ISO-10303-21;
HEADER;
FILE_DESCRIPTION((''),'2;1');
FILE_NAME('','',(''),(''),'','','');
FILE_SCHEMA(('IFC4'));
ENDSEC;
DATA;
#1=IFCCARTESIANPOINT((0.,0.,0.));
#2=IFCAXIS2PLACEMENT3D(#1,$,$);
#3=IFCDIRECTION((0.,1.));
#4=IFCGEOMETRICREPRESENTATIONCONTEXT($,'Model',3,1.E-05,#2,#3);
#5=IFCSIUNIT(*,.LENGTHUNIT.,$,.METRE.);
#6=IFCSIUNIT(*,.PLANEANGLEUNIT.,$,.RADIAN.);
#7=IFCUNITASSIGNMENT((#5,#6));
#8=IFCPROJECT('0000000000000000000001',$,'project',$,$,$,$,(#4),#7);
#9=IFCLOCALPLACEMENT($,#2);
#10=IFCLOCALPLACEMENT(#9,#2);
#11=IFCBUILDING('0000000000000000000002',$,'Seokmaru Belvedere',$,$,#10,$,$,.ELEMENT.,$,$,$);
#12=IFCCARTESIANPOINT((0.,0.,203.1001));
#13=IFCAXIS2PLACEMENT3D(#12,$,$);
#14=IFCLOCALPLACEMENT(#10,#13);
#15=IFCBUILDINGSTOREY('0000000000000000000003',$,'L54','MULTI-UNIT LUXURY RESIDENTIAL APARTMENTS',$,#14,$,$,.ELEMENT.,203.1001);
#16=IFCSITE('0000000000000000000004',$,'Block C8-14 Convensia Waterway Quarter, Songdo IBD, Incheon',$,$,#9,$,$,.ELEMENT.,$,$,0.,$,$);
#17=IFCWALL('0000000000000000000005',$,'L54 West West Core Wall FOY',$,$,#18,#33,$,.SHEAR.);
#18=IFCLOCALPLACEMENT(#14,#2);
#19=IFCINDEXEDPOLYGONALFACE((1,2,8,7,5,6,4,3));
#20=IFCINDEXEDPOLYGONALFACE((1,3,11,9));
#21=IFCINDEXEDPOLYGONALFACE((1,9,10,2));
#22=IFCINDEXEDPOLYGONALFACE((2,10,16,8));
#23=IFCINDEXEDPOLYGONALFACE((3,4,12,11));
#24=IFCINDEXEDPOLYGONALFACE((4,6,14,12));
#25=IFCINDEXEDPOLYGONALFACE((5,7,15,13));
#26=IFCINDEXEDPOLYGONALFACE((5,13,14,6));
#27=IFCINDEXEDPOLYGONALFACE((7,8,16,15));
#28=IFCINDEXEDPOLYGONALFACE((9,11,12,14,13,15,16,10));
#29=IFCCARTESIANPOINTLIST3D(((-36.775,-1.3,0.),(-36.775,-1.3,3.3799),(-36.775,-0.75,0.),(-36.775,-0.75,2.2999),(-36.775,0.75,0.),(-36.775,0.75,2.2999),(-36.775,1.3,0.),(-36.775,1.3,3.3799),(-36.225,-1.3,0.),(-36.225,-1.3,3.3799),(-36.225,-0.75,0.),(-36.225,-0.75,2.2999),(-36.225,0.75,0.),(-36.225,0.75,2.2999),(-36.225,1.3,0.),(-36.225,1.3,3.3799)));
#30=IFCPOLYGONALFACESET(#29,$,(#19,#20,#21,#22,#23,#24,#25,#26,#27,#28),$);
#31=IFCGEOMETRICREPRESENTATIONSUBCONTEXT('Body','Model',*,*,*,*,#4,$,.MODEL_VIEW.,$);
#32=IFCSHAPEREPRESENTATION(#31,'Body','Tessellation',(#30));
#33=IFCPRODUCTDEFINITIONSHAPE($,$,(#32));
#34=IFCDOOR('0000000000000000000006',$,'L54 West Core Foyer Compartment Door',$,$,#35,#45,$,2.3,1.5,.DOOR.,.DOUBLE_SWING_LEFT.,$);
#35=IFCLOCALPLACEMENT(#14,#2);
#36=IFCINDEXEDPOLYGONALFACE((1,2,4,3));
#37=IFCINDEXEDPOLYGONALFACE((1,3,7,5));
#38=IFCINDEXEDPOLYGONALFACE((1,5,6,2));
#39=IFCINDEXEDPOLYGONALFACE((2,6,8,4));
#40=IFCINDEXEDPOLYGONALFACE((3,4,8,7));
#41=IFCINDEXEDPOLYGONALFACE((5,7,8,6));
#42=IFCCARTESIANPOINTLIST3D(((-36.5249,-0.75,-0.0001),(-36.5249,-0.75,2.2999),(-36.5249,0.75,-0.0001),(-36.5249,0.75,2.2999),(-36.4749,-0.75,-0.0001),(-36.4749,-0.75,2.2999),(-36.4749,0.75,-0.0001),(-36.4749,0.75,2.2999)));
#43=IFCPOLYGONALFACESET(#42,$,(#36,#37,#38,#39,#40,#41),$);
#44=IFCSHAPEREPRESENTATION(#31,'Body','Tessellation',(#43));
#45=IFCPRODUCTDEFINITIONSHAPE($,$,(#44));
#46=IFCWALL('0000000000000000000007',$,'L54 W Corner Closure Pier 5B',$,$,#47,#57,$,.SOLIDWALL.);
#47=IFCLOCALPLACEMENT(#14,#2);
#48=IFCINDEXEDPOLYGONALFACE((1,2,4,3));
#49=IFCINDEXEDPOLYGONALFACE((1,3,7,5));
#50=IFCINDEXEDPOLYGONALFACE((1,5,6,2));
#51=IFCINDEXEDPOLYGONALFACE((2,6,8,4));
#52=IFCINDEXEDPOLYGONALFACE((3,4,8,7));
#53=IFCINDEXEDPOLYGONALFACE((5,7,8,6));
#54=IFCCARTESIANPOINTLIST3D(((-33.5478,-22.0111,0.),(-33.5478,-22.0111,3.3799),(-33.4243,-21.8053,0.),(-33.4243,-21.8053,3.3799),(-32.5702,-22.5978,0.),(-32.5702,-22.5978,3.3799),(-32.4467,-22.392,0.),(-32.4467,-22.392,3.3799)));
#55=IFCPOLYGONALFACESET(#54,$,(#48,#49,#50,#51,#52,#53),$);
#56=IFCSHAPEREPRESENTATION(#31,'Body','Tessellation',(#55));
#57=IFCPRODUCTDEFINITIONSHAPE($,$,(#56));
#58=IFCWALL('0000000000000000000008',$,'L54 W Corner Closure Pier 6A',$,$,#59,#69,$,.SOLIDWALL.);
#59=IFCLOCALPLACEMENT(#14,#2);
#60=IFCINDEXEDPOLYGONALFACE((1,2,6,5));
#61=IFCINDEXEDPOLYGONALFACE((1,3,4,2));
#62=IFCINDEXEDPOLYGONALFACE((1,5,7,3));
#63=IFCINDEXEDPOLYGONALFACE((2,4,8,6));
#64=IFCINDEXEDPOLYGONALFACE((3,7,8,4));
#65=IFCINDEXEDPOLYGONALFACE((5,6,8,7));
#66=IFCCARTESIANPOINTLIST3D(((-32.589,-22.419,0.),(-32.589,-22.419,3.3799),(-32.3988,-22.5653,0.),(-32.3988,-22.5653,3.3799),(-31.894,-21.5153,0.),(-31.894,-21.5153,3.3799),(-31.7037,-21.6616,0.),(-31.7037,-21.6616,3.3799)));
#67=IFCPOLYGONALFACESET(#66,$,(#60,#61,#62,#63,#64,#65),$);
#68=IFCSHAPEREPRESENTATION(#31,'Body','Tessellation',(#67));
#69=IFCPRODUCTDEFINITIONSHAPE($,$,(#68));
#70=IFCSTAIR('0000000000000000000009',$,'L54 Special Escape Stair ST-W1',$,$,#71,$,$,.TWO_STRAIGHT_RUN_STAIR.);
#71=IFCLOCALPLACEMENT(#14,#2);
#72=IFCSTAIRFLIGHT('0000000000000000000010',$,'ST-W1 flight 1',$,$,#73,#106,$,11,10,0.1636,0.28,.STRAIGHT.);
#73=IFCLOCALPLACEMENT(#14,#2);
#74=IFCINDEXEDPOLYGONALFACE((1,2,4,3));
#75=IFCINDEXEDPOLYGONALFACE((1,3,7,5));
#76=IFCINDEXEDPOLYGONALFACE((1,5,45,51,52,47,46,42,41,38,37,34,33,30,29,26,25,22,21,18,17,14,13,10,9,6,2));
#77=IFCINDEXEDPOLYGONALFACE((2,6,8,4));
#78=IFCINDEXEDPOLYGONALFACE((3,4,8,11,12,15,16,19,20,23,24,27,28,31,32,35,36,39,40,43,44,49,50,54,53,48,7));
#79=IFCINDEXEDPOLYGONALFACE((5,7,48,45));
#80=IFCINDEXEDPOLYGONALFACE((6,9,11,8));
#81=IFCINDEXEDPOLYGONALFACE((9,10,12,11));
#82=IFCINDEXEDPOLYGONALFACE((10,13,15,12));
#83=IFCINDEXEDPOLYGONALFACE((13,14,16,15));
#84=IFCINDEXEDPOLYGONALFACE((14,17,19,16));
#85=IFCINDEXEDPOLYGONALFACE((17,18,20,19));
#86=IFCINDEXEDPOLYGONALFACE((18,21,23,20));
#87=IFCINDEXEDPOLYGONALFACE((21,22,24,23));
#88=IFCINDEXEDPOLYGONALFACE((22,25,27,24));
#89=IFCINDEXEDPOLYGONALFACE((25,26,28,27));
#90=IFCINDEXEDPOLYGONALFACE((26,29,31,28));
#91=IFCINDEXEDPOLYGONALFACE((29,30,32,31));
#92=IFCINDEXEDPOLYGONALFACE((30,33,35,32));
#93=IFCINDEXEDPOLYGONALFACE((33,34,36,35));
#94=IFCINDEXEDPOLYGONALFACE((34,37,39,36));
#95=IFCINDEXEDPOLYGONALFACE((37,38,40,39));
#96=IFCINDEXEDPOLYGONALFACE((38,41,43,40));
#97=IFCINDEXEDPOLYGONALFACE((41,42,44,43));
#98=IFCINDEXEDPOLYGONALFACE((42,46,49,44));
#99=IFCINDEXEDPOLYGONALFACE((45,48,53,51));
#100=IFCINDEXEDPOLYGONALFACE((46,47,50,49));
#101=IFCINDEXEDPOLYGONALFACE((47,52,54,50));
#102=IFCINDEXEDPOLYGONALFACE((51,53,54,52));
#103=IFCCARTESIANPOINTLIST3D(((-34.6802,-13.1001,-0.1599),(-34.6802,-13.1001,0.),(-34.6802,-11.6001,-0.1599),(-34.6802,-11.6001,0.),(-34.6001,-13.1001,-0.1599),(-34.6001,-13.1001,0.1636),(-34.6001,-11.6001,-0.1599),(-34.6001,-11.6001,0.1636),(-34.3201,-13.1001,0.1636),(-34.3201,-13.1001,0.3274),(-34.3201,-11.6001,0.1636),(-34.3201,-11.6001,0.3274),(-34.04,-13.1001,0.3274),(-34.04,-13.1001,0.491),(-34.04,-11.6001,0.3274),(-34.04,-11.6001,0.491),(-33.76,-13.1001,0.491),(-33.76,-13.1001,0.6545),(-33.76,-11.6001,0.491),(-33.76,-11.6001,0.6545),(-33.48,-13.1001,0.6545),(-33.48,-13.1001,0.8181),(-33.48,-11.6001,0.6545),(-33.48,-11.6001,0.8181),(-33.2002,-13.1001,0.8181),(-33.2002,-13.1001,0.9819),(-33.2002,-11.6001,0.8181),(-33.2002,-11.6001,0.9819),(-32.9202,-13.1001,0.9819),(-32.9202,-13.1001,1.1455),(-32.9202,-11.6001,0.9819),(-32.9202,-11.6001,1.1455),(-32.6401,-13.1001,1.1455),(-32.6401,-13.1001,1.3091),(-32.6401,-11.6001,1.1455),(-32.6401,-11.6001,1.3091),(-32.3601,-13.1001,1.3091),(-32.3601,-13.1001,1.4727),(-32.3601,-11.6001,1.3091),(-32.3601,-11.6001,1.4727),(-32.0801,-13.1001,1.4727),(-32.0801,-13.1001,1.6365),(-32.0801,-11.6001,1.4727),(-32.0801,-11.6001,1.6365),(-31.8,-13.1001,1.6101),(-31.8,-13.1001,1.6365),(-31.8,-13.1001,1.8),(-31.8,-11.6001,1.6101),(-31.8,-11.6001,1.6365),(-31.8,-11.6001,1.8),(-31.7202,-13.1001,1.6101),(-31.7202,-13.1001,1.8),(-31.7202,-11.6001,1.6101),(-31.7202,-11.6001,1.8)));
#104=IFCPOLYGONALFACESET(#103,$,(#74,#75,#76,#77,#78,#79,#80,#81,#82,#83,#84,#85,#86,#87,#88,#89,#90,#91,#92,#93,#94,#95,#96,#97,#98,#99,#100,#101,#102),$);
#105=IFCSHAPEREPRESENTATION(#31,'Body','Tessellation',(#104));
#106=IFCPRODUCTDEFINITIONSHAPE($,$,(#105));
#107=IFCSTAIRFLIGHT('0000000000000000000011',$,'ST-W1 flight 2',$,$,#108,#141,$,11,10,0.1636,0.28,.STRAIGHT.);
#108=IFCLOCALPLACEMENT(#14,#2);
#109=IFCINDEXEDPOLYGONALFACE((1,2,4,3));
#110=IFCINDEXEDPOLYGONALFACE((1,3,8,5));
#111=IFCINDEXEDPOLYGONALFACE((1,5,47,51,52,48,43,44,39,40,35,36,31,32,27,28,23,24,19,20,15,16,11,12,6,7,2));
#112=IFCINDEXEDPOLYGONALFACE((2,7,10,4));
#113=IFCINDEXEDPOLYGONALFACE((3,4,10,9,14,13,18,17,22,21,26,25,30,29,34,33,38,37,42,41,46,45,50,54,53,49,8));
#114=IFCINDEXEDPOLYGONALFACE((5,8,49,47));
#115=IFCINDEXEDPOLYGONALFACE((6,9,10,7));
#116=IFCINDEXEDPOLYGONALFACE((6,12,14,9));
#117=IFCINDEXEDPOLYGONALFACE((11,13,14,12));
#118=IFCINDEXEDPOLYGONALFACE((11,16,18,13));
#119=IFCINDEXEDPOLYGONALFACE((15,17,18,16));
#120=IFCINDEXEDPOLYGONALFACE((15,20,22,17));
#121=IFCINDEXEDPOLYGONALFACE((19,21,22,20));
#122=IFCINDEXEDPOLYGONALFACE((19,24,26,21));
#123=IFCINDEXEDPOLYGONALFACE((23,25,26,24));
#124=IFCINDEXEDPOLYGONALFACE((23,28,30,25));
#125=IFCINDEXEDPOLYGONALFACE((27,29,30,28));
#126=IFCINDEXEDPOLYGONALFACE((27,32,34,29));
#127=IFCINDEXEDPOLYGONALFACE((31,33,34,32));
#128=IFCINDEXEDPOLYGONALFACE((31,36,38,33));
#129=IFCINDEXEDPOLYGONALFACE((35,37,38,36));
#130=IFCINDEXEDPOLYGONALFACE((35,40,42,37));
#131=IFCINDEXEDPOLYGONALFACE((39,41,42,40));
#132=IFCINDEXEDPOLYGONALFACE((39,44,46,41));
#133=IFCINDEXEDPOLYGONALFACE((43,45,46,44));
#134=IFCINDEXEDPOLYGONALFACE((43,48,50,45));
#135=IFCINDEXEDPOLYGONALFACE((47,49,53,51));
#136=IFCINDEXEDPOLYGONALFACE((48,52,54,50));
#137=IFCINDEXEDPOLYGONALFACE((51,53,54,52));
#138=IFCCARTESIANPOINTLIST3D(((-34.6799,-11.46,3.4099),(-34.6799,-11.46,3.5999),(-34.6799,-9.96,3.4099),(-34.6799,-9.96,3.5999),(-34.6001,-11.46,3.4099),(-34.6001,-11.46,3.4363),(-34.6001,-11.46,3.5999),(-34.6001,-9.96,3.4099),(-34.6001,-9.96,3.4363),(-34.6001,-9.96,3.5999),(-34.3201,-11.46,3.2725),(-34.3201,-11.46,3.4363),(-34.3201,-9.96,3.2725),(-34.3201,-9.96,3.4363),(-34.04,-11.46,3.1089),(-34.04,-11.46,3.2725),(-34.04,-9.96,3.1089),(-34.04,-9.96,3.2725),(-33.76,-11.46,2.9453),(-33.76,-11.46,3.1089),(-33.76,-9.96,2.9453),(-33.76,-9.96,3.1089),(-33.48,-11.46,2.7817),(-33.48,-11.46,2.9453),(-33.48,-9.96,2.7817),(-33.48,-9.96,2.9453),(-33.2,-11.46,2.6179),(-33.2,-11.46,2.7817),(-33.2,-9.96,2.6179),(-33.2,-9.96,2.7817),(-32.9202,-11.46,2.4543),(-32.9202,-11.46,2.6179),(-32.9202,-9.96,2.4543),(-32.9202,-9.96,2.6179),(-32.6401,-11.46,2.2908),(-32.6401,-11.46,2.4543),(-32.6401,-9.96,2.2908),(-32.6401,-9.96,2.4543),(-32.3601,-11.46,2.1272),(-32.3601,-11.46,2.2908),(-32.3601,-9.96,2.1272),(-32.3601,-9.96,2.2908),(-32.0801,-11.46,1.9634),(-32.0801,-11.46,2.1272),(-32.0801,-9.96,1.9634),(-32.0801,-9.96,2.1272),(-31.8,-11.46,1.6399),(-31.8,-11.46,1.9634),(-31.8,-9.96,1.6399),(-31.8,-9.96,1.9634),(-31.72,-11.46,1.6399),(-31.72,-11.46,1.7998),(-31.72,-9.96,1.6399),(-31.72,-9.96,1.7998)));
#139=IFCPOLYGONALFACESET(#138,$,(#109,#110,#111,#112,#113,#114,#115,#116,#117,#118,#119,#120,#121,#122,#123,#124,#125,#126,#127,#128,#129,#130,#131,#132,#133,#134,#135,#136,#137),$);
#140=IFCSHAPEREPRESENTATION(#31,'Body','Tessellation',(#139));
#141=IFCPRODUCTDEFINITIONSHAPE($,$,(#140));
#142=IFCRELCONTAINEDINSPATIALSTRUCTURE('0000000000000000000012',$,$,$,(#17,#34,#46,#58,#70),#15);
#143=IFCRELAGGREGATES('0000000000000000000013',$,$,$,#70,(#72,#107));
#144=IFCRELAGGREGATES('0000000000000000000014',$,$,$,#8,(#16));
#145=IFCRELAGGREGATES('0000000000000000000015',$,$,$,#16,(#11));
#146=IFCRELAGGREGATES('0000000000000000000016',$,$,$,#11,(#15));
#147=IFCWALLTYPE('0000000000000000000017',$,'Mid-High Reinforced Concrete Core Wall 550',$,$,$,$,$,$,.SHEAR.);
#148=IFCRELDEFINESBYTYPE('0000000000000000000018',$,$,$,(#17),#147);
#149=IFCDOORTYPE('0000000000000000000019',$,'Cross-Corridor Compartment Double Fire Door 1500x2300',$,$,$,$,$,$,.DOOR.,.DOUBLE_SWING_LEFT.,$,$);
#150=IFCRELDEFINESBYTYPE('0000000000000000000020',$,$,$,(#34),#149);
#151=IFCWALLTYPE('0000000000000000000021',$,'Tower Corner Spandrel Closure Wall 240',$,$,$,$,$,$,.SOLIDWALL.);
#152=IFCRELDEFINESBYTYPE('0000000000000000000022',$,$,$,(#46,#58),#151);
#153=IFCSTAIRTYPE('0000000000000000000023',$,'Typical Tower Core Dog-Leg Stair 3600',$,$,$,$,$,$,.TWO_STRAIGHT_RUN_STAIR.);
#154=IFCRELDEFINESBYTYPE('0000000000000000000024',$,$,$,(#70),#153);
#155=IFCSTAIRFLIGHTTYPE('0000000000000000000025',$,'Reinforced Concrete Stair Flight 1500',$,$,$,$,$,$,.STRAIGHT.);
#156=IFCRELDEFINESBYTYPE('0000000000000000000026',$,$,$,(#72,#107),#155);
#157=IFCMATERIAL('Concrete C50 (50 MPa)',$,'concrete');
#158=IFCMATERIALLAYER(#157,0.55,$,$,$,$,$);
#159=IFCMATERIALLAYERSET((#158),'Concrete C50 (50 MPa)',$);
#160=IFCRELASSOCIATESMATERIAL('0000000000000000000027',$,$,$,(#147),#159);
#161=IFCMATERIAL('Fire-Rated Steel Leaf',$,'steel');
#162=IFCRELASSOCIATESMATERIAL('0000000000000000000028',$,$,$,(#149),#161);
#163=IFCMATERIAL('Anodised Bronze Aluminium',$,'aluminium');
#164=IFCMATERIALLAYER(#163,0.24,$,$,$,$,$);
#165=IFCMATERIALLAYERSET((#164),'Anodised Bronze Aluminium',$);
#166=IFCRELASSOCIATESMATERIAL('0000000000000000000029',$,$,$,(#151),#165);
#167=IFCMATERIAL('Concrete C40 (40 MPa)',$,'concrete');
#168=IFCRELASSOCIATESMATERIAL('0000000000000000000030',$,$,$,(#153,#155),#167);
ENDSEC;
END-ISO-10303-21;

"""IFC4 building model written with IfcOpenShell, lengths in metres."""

from ifc_helpers import new_model, si_unit, direction, frame, frame_2d, origin, place, context, subcontext, project, spatial, polyline, rectangle, outline, extrude, source, transform, mapped, material, layer, layer_set, type_object, type_shapes, element, fill, aggregate, save


model = new_model("IFC4")

# Units and contexts
model_context = context("Model", 3, precision=1e-05, world=origin(), true_north=direction((0.0, 1.0)))
body_context = subcontext(model_context, "Body", "Model", "MODEL_VIEW")
ifc_project = project(units=[si_unit("LENGTHUNIT", "METRE"), si_unit("PLANEANGLEUNIT", "RADIAN")], contexts=[model_context])

# Site, building, storey
site_placement = place(None, origin())
site = spatial("IfcSite", under=ifc_project, at=site_placement, Name="Block C8-14 Convensia Waterway Quarter, Songdo IBD, Incheon", CompositionType="ELEMENT", RefElevation=0.0)
building_placement = place(site_placement, origin())
building = spatial("IfcBuilding", under=site, at=building_placement, Name="Seokmaru Belvedere", CompositionType="ELEMENT")
storey_placement = place(building_placement, frame((0.0, 0.0, 203.1001)))
storey = spatial("IfcBuildingStorey", under=building, at=storey_placement, Name="L54", Description="MULTI-UNIT LUXURY RESIDENTIAL APARTMENTS", CompositionType="ELEMENT", Elevation=203.1001)

# Shared definitions
ifc_material_1 = material(Name="Anodised Bronze Aluminium", Category="aluminium")

# Shared definitions
ifc_material_2 = material(Name="Fire-Rated Steel Leaf", Category="steel")

# Shared definitions
ifc_material_3 = material(Name="Concrete C50 (50 MPa)", Category="concrete")

# Shared definitions
ifc_layer_1 = layer(ifc_material_3, 0.55)
ifc_layer_set_1 = layer_set([ifc_layer_1], Name="Concrete C50 (50 MPa)")
wall_type_1 = type_object("IfcWallType", Name="Mid-High Reinforced Concrete Core Wall 550", PredefinedType="SHEAR", material=ifc_layer_set_1)

# Wall, opening, door
wall_1_placement = place(storey_placement, frame((-36.5, -1.3, 0.0), z_axis=(0.0, 0.0, 1.0), x_axis=(0.0, 1.0, 0.0)))
wall_1 = element("IfcWall", 1, at=wall_1_placement, inside=storey, type_object=wall_type_1, Name="L54 West West Core Wall FOY", PredefinedType="SHEAR", context=body_context, shape_type="SweptSolid", body=[
    extrude(rectangle(XDim=2.6001, YDim=0.55, at=frame_2d((1.3, 0.0))), origin(), (0.0, 0.0, 1.0), 3.3799),
])
opening_1_placement = place(wall_1_placement, frame((0.55, 0.0, 0.0)))
opening_1 = element("IfcOpeningElement", 2, at=opening_1_placement, cuts=wall_1, PredefinedType="OPENING", context=body_context, shape_type="SweptSolid", body=[
    extrude(rectangle(XDim=1.5, YDim=2.3, at=frame_2d((0.75, 1.1499))), frame((0.0, 0.2852, 0.0), z_axis=(0.0, -1.0, 0.0), x_axis=(1.0, 0.0, 0.0)), (0.0, 0.0, 1.0), 0.5701),
])
door_type_1 = type_object("IfcDoorType", Name="Cross-Corridor Compartment Double Fire Door 1500x2300", OperationType="DOUBLE_SWING_LEFT", PredefinedType="DOOR", material=ifc_material_2)
shared_shape_1 = source(origin(), body_context, "Body", "SweptSolid", [
    extrude(rectangle(XDim=1.5, YDim=2.3, at=frame_2d((0.75, 1.1499))), frame((0.0, 0.0249, 0.0), z_axis=(0.0, -1.0, 0.0), x_axis=(1.0, 0.0, 0.0)), (0.0, 0.0, 1.0), 0.05),
])
type_shapes(door_type_1, [shared_shape_1])
door_1_placement = place(opening_1_placement, origin())
door_1 = element("IfcDoor", 3, at=door_1_placement, inside=storey, type_object=door_type_1, Name="L54 West Core Foyer Compartment Door", OperationType="DOUBLE_SWING_LEFT", OverallHeight=2.3, OverallWidth=1.5, PredefinedType="DOOR", context=body_context, shape_type="MappedRepresentation", body=[
    mapped(shared_shape_1, transform((0.0, 0.0, 0.0), scale=1.0)),
])
fill(opening_1, door_1)

# Walls
ifc_layer_2 = layer(ifc_material_1, 0.24)
ifc_layer_set_2 = layer_set([ifc_layer_2], Name="Anodised Bronze Aluminium")
wall_type_2 = type_object("IfcWallType", Name="Tower Corner Spandrel Closure Wall 240", PredefinedType="SOLIDWALL", material=ifc_layer_set_2)
for number, where, z_axis, x_axis, name in (
    (4, (-33.4861, -21.9082, 0.0), (0.0, 0.0, 1.0), (0.857436, -0.51459, 0.0), "L54 W Corner Closure Pier 5B"),
    (5, (-32.4939, -22.4922, 0.0), (0.0, 0.0, 1.0), (0.609618, 0.792696, 0.0), "L54 W Corner Closure Pier 6A"),
):
    element("IfcWall", number, at=place(storey_placement, frame(where, z_axis=z_axis, x_axis=x_axis)), inside=storey, type_object=wall_type_2, Name=name, PredefinedType="SOLIDWALL", context=body_context, shape_type="SweptSolid", body=[
        extrude(rectangle(XDim=1.1401, YDim=0.24, at=frame_2d((0.5701, 0.0))), origin(), (0.0, 0.0, 1.0), 3.3799),
    ])

# Stair, stair flights
ifc_material_4 = material(Name="Concrete C40 (40 MPa)", Category="concrete")
stair_type = type_object("IfcStairType", Name="Typical Tower Core Dog-Leg Stair 3600", PredefinedType="TWO_STRAIGHT_RUN_STAIR", material=ifc_material_4)
stair_placement = place(storey_placement, origin())
stair = element("IfcStair", 6, at=stair_placement, inside=storey, type_object=stair_type, Name="L54 Special Escape Stair ST-W1", PredefinedType="TWO_STRAIGHT_RUN_STAIR")
stair_flight_type = type_object("IfcStairFlightType", Name="Reinforced Concrete Stair Flight 1500", PredefinedType="STRAIGHT", material=ifc_material_4)
stair_flight_1_placement = place(storey_placement, frame((-34.6001, -12.3501, 0.0), z_axis=(0.0, 0.0, 1.0), x_axis=(1.0, 0.0, 0.0)))
stair_flight_1 = element("IfcStairFlight", 7, at=stair_flight_1_placement, type_object=stair_flight_type, Name="ST-W1 flight 1", NumberOfRisers=11, NumberOfTreads=10, PredefinedType="STRAIGHT", RiserHeight=0.1636, TreadLength=0.28, context=body_context, shape_type="SweptSolid", body=[
    extrude(outline(polyline([(-0.0801, 0.0), (0.0, 0.1636), (0.28, 0.1636), (0.28, 0.3274), (0.5601, 0.3274), (0.5601, 0.491), (0.8401, 0.491), (0.8401, 0.6545), (1.1201, 0.6545), (1.1201, 0.8181), (1.3999, 0.8181), (1.3999, 0.9819), (1.6799, 0.9819), (1.6799, 1.1455), (1.96, 1.1455), (1.96, 1.3091), (2.24, 1.3091), (2.24, 1.4727), (2.52, 1.4727), (2.52, 1.6365), (2.8, 1.6365), (2.8, 1.8), (2.8799, 1.8), (2.8799, 1.6101), (2.8, 1.6101), (0.0, -0.1599), (-0.0801, -0.1599), (-0.0801, 0.0)])), frame((0.0, 0.75, 0.0), z_axis=(0.0, -1.0, 0.0), x_axis=(1.0, 0.0, 0.0)), (0.0, 0.0, 1.0), 1.5),
])
stair_flight_2_placement = place(storey_placement, frame((-31.8, -10.71, 1.7998), z_axis=(0.0, 0.0, 1.0), x_axis=(-1.0, 0.0, 0.0)))
stair_flight_2 = element("IfcStairFlight", 8, at=stair_flight_2_placement, type_object=stair_flight_type, Name="ST-W1 flight 2", NumberOfRisers=11, NumberOfTreads=10, PredefinedType="STRAIGHT", RiserHeight=0.1636, TreadLength=0.28, context=body_context, shape_type="SweptSolid", body=[
    extrude(outline(polyline([(-0.0801, 0.0), (0.0, 0.1636), (0.28, 0.1636), (0.28, 0.3274), (0.5601, 0.3274), (0.5601, 0.491), (0.8401, 0.491), (0.8401, 0.6545), (1.1201, 0.6545), (1.1201, 0.8181), (1.3999, 0.8181), (1.3999, 0.9819), (1.6799, 0.9819), (1.6799, 1.1455), (1.96, 1.1455), (1.96, 1.3091), (2.24, 1.3091), (2.24, 1.4727), (2.52, 1.4727), (2.52, 1.6365), (2.8, 1.6365), (2.8, 1.8), (2.8799, 1.8), (2.8799, 1.6101), (2.8, 1.6101), (0.0, -0.1599), (-0.0801, -0.1599), (-0.0801, 0.0)])), frame((0.0, 0.75, 0.0), z_axis=(0.0, -1.0, 0.0), x_axis=(1.0, 0.0, 0.0)), (0.0, 0.0, 1.0), 1.5),
])
aggregate(stair, [stair_flight_1, stair_flight_2])

save(model, "model.ifc")
